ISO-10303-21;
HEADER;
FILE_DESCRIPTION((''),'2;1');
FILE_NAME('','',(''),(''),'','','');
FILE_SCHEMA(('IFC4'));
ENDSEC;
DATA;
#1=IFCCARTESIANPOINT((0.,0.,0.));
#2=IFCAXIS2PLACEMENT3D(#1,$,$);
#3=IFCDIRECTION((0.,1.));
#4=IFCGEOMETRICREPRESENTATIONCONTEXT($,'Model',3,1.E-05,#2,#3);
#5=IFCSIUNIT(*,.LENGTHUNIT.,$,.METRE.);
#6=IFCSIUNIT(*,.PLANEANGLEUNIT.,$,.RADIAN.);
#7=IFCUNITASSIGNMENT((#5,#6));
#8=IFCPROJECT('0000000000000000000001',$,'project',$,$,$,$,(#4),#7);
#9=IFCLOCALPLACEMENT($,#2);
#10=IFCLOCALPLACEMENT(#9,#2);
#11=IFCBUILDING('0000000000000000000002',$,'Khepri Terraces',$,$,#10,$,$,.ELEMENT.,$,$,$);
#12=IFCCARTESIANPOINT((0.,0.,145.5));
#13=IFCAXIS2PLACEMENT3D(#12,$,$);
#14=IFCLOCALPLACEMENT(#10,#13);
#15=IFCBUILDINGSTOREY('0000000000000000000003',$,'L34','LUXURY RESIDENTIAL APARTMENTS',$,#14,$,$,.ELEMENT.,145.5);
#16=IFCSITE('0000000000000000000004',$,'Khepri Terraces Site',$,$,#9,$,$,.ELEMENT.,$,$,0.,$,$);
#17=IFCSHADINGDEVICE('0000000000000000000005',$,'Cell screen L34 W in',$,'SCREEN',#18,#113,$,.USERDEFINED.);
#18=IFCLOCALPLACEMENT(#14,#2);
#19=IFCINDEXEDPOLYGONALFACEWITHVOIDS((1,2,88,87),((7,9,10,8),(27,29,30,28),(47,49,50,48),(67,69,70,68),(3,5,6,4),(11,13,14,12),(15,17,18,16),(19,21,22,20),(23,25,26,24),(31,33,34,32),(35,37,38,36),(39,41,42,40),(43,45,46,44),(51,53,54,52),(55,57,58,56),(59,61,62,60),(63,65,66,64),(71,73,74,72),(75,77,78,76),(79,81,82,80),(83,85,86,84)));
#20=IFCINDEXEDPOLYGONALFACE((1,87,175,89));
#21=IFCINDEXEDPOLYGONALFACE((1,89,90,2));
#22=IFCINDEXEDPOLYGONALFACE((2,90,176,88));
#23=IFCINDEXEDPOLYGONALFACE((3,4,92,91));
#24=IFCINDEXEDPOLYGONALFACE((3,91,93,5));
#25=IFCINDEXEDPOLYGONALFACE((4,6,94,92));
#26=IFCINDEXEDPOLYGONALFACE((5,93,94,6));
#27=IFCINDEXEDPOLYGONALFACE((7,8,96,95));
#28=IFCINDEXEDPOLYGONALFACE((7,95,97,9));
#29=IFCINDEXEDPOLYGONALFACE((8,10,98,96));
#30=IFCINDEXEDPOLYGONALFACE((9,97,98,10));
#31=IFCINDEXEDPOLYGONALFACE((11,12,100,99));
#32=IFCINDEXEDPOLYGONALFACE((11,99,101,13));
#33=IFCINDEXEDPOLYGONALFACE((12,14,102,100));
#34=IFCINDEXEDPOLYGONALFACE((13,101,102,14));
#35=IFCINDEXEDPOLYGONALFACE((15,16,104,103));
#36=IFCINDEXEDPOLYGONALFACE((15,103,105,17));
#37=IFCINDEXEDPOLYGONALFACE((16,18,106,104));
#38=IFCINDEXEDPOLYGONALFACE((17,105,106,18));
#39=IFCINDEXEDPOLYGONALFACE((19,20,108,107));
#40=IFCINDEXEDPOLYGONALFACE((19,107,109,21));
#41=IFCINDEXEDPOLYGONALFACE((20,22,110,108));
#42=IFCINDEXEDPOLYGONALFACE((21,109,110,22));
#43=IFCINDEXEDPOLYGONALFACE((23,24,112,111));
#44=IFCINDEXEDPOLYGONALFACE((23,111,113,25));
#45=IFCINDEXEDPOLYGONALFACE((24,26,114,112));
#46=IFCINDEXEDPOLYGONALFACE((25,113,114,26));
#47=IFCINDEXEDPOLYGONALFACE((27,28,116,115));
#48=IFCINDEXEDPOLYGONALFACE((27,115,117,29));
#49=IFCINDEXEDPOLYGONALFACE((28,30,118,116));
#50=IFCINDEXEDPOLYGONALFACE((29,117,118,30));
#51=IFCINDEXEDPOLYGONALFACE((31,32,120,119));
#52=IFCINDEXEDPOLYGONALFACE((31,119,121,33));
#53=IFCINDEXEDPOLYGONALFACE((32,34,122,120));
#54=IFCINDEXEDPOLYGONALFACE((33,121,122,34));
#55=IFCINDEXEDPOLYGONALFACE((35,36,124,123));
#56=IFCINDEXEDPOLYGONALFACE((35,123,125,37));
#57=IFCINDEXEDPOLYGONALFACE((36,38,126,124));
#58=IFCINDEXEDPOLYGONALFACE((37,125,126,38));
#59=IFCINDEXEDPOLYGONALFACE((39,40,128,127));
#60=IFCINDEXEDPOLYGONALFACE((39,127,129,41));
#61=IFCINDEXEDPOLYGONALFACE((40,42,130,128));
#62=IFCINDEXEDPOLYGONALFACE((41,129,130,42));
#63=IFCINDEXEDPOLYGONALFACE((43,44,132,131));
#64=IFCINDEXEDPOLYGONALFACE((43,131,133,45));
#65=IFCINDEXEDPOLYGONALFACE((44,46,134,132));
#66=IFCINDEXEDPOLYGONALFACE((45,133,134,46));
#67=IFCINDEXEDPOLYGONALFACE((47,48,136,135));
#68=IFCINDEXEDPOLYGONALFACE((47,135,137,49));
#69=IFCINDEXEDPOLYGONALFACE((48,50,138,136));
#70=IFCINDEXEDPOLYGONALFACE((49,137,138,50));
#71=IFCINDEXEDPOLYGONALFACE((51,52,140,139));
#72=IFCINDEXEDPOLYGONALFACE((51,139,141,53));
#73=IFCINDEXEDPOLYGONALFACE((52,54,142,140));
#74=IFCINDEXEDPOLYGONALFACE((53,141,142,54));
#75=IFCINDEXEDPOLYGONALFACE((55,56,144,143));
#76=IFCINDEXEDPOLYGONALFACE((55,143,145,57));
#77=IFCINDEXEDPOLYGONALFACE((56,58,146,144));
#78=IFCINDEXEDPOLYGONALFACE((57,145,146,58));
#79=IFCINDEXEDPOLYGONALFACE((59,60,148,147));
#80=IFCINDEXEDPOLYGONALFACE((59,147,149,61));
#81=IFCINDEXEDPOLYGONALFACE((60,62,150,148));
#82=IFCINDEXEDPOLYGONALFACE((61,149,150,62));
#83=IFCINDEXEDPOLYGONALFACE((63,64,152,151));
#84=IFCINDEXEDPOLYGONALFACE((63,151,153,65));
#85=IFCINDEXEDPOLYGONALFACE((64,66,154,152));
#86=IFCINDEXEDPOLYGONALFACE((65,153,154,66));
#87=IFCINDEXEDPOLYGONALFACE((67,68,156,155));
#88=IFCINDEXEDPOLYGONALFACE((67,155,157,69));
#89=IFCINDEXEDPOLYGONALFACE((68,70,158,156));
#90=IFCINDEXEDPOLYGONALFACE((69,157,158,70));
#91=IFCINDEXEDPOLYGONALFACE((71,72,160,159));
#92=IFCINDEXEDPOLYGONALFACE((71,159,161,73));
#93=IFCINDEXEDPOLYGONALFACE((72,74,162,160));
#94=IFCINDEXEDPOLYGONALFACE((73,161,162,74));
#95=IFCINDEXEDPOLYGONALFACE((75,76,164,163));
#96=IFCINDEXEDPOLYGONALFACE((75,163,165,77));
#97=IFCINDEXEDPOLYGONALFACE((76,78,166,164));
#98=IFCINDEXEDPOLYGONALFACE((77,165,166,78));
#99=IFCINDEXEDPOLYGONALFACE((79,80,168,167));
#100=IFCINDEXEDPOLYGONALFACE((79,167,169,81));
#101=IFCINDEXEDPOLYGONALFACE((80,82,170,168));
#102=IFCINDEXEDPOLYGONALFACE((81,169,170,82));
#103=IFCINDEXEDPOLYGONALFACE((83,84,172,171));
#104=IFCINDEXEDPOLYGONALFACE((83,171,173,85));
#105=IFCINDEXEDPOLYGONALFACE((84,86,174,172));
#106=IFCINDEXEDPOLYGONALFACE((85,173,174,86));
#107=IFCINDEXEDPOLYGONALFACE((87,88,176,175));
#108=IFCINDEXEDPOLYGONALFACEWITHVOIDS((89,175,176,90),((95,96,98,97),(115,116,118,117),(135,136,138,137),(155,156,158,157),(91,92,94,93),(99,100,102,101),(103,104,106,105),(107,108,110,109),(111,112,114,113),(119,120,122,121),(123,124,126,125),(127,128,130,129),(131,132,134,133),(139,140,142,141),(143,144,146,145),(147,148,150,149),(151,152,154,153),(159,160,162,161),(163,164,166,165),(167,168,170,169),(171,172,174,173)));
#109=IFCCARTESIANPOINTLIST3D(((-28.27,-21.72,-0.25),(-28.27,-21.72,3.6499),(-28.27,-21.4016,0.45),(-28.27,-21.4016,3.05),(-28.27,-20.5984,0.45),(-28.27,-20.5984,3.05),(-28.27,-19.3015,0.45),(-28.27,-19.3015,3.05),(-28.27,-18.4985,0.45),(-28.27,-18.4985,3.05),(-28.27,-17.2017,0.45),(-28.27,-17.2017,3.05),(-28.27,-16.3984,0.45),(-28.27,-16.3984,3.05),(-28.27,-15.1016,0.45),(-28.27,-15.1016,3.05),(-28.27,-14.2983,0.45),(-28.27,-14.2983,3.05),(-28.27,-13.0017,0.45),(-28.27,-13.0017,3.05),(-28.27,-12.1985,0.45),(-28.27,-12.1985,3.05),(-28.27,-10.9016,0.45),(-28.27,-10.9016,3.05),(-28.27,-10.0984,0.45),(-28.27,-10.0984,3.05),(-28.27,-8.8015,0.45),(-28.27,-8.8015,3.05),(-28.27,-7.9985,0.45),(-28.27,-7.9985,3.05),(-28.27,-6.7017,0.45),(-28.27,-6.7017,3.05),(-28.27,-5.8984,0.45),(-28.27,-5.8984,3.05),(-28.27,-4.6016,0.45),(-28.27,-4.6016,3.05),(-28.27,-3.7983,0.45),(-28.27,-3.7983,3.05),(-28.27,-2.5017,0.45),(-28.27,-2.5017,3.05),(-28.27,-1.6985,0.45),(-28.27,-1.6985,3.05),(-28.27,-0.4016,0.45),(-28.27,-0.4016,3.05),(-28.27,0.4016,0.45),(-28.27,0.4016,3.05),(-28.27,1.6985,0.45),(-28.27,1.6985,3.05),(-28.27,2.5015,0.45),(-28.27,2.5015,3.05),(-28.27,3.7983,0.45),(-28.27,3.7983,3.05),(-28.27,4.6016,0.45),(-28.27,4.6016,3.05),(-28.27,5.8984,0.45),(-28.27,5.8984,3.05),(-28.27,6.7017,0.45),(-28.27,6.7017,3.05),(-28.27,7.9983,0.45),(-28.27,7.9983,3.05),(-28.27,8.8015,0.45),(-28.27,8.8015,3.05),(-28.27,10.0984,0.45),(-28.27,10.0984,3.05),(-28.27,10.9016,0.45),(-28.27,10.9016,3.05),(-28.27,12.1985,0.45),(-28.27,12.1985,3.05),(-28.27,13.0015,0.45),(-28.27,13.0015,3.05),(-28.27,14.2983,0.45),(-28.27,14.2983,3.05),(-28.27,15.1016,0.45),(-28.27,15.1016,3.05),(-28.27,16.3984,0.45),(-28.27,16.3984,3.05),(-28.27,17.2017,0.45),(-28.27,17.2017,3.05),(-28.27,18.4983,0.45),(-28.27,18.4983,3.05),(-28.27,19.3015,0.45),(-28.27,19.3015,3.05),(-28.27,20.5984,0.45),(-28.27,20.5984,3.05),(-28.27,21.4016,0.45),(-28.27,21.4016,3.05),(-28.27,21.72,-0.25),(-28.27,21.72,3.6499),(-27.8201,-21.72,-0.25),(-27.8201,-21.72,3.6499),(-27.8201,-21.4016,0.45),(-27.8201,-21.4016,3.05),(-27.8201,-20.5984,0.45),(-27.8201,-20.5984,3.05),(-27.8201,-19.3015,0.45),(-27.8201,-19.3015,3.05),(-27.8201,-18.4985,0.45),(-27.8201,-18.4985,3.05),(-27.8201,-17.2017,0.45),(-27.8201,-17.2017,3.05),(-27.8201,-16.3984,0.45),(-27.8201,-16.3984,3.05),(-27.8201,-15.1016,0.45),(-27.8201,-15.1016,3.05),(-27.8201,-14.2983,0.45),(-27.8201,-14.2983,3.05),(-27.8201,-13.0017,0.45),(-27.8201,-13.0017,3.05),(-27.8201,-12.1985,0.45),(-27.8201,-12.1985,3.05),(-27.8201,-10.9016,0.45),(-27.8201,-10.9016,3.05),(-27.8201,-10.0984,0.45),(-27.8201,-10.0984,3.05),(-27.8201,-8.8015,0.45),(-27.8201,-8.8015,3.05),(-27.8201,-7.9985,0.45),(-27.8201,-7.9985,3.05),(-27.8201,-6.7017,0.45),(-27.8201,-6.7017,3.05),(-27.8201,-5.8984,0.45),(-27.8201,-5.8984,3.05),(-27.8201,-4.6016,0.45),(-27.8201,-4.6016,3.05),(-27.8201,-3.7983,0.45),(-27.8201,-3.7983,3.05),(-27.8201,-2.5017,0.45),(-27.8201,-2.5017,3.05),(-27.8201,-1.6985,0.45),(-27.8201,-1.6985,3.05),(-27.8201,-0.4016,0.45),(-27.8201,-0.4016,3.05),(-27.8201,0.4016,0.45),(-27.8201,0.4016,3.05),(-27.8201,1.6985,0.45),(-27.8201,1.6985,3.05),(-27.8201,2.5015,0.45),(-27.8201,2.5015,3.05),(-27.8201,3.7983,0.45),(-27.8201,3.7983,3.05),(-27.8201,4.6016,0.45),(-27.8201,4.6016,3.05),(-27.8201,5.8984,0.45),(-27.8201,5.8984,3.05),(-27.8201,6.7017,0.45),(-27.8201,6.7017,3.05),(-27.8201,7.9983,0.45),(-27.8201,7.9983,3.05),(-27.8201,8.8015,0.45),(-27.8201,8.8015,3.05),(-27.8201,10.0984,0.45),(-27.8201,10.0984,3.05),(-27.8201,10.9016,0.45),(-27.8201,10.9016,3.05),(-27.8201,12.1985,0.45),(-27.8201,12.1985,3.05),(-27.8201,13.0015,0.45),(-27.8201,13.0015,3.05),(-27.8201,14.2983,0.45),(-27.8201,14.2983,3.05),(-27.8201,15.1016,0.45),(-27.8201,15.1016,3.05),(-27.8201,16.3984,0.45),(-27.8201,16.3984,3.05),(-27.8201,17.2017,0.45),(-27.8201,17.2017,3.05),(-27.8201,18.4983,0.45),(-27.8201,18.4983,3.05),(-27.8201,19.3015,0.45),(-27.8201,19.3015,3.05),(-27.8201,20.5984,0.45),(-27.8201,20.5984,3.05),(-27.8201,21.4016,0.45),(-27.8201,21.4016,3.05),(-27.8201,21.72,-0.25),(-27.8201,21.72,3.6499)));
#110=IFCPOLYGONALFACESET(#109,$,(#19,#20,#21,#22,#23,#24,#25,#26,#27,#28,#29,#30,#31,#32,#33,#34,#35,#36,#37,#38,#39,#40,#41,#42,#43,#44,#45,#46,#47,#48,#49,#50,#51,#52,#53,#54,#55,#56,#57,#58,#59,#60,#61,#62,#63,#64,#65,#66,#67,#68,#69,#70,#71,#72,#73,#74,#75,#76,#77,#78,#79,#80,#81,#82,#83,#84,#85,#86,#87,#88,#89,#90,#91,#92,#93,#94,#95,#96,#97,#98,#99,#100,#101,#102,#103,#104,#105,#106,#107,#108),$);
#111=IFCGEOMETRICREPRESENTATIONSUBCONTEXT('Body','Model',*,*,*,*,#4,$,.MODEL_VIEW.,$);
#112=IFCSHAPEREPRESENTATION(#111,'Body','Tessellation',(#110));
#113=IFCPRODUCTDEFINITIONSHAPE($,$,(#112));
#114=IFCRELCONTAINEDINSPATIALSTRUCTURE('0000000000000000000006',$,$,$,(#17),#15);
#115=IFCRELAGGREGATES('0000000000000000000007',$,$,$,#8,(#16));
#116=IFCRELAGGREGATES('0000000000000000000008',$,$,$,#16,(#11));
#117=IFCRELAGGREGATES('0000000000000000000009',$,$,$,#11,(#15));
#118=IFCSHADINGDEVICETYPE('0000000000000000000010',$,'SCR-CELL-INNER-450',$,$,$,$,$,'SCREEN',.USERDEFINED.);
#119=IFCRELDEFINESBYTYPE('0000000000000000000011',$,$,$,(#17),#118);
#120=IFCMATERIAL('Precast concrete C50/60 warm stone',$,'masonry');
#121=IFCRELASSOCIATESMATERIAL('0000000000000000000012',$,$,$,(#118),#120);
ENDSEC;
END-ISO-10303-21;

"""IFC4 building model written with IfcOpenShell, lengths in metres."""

from ifc_helpers import new_model, si_unit, direction, frame, origin, place, context, subcontext, project, spatial, polyline, outline, extrude, material, type_object, element, save


model = new_model("IFC4")

# Units and contexts
model_context = context("Model", 3, precision=1e-05, world=origin(), true_north=direction((0.0, 1.0)))
body_context = subcontext(model_context, "Body", "Model", "MODEL_VIEW")
ifc_project = project(units=[si_unit("LENGTHUNIT", "METRE"), si_unit("PLANEANGLEUNIT", "RADIAN")], contexts=[model_context])

# Site, building, storey
site_placement = place(None, origin())
site = spatial("IfcSite", under=ifc_project, at=site_placement, Name="Khepri Terraces Site", CompositionType="ELEMENT", RefElevation=0.0)
building_placement = place(site_placement, origin())
building = spatial("IfcBuilding", under=site, at=building_placement, Name="Khepri Terraces", CompositionType="ELEMENT")
storey_placement = place(building_placement, frame((0.0, 0.0, 145.5)))
storey = spatial("IfcBuildingStorey", under=building, at=storey_placement, Name="L34", Description="LUXURY RESIDENTIAL APARTMENTS", CompositionType="ELEMENT", Elevation=145.5)

# Shared definitions
ifc_material_1 = material(Name="Precast concrete C50/60 warm stone", Category="masonry")

# Shading device
shading_device_type_1 = type_object("IfcShadingDeviceType", Name="SCR-CELL-INNER-450", ElementType="SCREEN", PredefinedType="USERDEFINED", material=ifc_material_1)
shading_device_1_placement = place(storey_placement, frame((-27.8201, 21.72, -0.25), z_axis=(-1.0, 0.0, 0.0), x_axis=(0.0, -1.0, 0.0)))
element("IfcShadingDevice", 1, at=shading_device_1_placement, inside=storey, type_object=shading_device_type_1, Name="Cell screen L34 W in", ObjectType="SCREEN", PredefinedType="USERDEFINED", context=body_context, shape_type="SweptSolid", body=[
    extrude(outline(polyline([(0.0, 0.0), (43.4399, 0.0), (43.4399, 3.8999), (0.0, 3.8999), (0.0, 0.0)]), holes=[polyline([(0.3184, 0.7), (1.1216, 0.7), (1.1216, 3.3), (0.3184, 3.3), (0.3184, 0.7)]), polyline([(2.4185, 0.7), (3.2217, 0.7), (3.2217, 3.3), (2.4185, 3.3), (2.4185, 0.7)]), polyline([(4.5183, 0.7), (5.3215, 0.7), (5.3215, 3.3), (4.5183, 3.3), (4.5183, 0.7)]), polyline([(6.6184, 0.7), (7.4216, 0.7), (7.4216, 3.3), (6.6184, 3.3), (6.6184, 0.7)]), polyline([(8.7185, 0.7), (9.5215, 0.7), (9.5215, 3.3), (8.7185, 3.3), (8.7185, 0.7)]), polyline([(10.8184, 0.7), (11.6216, 0.7), (11.6216, 3.3), (10.8184, 3.3), (10.8184, 0.7)]), polyline([(12.9185, 0.7), (13.7217, 0.7), (13.7217, 3.3), (12.9185, 3.3), (12.9185, 0.7)]), polyline([(15.0183, 0.7), (15.8215, 0.7), (15.8215, 3.3), (15.0183, 3.3), (15.0183, 0.7)]), polyline([(17.1184, 0.7), (17.9216, 0.7), (17.9216, 3.3), (17.1184, 3.3), (17.1184, 0.7)]), polyline([(19.2185, 0.7), (20.0215, 0.7), (20.0215, 3.3), (19.2185, 3.3), (19.2185, 0.7)]), polyline([(21.3184, 0.7), (22.1216, 0.7), (22.1216, 3.3), (21.3184, 3.3), (21.3184, 0.7)]), polyline([(23.4185, 0.7), (24.2217, 0.7), (24.2217, 3.3), (23.4185, 3.3), (23.4185, 0.7)]), polyline([(25.5183, 0.7), (26.3215, 0.7), (26.3215, 3.3), (25.5183, 3.3), (25.5183, 0.7)]), polyline([(27.6184, 0.7), (28.4216, 0.7), (28.4216, 3.3), (27.6184, 3.3), (27.6184, 0.7)]), polyline([(29.7185, 0.7), (30.5215, 0.7), (30.5215, 3.3), (29.7185, 3.3), (29.7185, 0.7)]), polyline([(31.8184, 0.7), (32.6216, 0.7), (32.6216, 3.3), (31.8184, 3.3), (31.8184, 0.7)]), polyline([(33.9185, 0.7), (34.7217, 0.7), (34.7217, 3.3), (33.9185, 3.3), (33.9185, 0.7)]), polyline([(36.0183, 0.7), (36.8215, 0.7), (36.8215, 3.3), (36.0183, 3.3), (36.0183, 0.7)]), polyline([(38.1184, 0.7), (38.9216, 0.7), (38.9216, 3.3), (38.1184, 3.3), (38.1184, 0.7)]), polyline([(40.2185, 0.7), (41.0215, 0.7), (41.0215, 3.3), (40.2185, 3.3), (40.2185, 0.7)]), polyline([(42.3184, 0.7), (43.1216, 0.7), (43.1216, 3.3), (42.3184, 3.3), (42.3184, 0.7)])]), origin(), (0.0, 0.0, 1.0), 0.45),
])

save(model, "model.ifc")
